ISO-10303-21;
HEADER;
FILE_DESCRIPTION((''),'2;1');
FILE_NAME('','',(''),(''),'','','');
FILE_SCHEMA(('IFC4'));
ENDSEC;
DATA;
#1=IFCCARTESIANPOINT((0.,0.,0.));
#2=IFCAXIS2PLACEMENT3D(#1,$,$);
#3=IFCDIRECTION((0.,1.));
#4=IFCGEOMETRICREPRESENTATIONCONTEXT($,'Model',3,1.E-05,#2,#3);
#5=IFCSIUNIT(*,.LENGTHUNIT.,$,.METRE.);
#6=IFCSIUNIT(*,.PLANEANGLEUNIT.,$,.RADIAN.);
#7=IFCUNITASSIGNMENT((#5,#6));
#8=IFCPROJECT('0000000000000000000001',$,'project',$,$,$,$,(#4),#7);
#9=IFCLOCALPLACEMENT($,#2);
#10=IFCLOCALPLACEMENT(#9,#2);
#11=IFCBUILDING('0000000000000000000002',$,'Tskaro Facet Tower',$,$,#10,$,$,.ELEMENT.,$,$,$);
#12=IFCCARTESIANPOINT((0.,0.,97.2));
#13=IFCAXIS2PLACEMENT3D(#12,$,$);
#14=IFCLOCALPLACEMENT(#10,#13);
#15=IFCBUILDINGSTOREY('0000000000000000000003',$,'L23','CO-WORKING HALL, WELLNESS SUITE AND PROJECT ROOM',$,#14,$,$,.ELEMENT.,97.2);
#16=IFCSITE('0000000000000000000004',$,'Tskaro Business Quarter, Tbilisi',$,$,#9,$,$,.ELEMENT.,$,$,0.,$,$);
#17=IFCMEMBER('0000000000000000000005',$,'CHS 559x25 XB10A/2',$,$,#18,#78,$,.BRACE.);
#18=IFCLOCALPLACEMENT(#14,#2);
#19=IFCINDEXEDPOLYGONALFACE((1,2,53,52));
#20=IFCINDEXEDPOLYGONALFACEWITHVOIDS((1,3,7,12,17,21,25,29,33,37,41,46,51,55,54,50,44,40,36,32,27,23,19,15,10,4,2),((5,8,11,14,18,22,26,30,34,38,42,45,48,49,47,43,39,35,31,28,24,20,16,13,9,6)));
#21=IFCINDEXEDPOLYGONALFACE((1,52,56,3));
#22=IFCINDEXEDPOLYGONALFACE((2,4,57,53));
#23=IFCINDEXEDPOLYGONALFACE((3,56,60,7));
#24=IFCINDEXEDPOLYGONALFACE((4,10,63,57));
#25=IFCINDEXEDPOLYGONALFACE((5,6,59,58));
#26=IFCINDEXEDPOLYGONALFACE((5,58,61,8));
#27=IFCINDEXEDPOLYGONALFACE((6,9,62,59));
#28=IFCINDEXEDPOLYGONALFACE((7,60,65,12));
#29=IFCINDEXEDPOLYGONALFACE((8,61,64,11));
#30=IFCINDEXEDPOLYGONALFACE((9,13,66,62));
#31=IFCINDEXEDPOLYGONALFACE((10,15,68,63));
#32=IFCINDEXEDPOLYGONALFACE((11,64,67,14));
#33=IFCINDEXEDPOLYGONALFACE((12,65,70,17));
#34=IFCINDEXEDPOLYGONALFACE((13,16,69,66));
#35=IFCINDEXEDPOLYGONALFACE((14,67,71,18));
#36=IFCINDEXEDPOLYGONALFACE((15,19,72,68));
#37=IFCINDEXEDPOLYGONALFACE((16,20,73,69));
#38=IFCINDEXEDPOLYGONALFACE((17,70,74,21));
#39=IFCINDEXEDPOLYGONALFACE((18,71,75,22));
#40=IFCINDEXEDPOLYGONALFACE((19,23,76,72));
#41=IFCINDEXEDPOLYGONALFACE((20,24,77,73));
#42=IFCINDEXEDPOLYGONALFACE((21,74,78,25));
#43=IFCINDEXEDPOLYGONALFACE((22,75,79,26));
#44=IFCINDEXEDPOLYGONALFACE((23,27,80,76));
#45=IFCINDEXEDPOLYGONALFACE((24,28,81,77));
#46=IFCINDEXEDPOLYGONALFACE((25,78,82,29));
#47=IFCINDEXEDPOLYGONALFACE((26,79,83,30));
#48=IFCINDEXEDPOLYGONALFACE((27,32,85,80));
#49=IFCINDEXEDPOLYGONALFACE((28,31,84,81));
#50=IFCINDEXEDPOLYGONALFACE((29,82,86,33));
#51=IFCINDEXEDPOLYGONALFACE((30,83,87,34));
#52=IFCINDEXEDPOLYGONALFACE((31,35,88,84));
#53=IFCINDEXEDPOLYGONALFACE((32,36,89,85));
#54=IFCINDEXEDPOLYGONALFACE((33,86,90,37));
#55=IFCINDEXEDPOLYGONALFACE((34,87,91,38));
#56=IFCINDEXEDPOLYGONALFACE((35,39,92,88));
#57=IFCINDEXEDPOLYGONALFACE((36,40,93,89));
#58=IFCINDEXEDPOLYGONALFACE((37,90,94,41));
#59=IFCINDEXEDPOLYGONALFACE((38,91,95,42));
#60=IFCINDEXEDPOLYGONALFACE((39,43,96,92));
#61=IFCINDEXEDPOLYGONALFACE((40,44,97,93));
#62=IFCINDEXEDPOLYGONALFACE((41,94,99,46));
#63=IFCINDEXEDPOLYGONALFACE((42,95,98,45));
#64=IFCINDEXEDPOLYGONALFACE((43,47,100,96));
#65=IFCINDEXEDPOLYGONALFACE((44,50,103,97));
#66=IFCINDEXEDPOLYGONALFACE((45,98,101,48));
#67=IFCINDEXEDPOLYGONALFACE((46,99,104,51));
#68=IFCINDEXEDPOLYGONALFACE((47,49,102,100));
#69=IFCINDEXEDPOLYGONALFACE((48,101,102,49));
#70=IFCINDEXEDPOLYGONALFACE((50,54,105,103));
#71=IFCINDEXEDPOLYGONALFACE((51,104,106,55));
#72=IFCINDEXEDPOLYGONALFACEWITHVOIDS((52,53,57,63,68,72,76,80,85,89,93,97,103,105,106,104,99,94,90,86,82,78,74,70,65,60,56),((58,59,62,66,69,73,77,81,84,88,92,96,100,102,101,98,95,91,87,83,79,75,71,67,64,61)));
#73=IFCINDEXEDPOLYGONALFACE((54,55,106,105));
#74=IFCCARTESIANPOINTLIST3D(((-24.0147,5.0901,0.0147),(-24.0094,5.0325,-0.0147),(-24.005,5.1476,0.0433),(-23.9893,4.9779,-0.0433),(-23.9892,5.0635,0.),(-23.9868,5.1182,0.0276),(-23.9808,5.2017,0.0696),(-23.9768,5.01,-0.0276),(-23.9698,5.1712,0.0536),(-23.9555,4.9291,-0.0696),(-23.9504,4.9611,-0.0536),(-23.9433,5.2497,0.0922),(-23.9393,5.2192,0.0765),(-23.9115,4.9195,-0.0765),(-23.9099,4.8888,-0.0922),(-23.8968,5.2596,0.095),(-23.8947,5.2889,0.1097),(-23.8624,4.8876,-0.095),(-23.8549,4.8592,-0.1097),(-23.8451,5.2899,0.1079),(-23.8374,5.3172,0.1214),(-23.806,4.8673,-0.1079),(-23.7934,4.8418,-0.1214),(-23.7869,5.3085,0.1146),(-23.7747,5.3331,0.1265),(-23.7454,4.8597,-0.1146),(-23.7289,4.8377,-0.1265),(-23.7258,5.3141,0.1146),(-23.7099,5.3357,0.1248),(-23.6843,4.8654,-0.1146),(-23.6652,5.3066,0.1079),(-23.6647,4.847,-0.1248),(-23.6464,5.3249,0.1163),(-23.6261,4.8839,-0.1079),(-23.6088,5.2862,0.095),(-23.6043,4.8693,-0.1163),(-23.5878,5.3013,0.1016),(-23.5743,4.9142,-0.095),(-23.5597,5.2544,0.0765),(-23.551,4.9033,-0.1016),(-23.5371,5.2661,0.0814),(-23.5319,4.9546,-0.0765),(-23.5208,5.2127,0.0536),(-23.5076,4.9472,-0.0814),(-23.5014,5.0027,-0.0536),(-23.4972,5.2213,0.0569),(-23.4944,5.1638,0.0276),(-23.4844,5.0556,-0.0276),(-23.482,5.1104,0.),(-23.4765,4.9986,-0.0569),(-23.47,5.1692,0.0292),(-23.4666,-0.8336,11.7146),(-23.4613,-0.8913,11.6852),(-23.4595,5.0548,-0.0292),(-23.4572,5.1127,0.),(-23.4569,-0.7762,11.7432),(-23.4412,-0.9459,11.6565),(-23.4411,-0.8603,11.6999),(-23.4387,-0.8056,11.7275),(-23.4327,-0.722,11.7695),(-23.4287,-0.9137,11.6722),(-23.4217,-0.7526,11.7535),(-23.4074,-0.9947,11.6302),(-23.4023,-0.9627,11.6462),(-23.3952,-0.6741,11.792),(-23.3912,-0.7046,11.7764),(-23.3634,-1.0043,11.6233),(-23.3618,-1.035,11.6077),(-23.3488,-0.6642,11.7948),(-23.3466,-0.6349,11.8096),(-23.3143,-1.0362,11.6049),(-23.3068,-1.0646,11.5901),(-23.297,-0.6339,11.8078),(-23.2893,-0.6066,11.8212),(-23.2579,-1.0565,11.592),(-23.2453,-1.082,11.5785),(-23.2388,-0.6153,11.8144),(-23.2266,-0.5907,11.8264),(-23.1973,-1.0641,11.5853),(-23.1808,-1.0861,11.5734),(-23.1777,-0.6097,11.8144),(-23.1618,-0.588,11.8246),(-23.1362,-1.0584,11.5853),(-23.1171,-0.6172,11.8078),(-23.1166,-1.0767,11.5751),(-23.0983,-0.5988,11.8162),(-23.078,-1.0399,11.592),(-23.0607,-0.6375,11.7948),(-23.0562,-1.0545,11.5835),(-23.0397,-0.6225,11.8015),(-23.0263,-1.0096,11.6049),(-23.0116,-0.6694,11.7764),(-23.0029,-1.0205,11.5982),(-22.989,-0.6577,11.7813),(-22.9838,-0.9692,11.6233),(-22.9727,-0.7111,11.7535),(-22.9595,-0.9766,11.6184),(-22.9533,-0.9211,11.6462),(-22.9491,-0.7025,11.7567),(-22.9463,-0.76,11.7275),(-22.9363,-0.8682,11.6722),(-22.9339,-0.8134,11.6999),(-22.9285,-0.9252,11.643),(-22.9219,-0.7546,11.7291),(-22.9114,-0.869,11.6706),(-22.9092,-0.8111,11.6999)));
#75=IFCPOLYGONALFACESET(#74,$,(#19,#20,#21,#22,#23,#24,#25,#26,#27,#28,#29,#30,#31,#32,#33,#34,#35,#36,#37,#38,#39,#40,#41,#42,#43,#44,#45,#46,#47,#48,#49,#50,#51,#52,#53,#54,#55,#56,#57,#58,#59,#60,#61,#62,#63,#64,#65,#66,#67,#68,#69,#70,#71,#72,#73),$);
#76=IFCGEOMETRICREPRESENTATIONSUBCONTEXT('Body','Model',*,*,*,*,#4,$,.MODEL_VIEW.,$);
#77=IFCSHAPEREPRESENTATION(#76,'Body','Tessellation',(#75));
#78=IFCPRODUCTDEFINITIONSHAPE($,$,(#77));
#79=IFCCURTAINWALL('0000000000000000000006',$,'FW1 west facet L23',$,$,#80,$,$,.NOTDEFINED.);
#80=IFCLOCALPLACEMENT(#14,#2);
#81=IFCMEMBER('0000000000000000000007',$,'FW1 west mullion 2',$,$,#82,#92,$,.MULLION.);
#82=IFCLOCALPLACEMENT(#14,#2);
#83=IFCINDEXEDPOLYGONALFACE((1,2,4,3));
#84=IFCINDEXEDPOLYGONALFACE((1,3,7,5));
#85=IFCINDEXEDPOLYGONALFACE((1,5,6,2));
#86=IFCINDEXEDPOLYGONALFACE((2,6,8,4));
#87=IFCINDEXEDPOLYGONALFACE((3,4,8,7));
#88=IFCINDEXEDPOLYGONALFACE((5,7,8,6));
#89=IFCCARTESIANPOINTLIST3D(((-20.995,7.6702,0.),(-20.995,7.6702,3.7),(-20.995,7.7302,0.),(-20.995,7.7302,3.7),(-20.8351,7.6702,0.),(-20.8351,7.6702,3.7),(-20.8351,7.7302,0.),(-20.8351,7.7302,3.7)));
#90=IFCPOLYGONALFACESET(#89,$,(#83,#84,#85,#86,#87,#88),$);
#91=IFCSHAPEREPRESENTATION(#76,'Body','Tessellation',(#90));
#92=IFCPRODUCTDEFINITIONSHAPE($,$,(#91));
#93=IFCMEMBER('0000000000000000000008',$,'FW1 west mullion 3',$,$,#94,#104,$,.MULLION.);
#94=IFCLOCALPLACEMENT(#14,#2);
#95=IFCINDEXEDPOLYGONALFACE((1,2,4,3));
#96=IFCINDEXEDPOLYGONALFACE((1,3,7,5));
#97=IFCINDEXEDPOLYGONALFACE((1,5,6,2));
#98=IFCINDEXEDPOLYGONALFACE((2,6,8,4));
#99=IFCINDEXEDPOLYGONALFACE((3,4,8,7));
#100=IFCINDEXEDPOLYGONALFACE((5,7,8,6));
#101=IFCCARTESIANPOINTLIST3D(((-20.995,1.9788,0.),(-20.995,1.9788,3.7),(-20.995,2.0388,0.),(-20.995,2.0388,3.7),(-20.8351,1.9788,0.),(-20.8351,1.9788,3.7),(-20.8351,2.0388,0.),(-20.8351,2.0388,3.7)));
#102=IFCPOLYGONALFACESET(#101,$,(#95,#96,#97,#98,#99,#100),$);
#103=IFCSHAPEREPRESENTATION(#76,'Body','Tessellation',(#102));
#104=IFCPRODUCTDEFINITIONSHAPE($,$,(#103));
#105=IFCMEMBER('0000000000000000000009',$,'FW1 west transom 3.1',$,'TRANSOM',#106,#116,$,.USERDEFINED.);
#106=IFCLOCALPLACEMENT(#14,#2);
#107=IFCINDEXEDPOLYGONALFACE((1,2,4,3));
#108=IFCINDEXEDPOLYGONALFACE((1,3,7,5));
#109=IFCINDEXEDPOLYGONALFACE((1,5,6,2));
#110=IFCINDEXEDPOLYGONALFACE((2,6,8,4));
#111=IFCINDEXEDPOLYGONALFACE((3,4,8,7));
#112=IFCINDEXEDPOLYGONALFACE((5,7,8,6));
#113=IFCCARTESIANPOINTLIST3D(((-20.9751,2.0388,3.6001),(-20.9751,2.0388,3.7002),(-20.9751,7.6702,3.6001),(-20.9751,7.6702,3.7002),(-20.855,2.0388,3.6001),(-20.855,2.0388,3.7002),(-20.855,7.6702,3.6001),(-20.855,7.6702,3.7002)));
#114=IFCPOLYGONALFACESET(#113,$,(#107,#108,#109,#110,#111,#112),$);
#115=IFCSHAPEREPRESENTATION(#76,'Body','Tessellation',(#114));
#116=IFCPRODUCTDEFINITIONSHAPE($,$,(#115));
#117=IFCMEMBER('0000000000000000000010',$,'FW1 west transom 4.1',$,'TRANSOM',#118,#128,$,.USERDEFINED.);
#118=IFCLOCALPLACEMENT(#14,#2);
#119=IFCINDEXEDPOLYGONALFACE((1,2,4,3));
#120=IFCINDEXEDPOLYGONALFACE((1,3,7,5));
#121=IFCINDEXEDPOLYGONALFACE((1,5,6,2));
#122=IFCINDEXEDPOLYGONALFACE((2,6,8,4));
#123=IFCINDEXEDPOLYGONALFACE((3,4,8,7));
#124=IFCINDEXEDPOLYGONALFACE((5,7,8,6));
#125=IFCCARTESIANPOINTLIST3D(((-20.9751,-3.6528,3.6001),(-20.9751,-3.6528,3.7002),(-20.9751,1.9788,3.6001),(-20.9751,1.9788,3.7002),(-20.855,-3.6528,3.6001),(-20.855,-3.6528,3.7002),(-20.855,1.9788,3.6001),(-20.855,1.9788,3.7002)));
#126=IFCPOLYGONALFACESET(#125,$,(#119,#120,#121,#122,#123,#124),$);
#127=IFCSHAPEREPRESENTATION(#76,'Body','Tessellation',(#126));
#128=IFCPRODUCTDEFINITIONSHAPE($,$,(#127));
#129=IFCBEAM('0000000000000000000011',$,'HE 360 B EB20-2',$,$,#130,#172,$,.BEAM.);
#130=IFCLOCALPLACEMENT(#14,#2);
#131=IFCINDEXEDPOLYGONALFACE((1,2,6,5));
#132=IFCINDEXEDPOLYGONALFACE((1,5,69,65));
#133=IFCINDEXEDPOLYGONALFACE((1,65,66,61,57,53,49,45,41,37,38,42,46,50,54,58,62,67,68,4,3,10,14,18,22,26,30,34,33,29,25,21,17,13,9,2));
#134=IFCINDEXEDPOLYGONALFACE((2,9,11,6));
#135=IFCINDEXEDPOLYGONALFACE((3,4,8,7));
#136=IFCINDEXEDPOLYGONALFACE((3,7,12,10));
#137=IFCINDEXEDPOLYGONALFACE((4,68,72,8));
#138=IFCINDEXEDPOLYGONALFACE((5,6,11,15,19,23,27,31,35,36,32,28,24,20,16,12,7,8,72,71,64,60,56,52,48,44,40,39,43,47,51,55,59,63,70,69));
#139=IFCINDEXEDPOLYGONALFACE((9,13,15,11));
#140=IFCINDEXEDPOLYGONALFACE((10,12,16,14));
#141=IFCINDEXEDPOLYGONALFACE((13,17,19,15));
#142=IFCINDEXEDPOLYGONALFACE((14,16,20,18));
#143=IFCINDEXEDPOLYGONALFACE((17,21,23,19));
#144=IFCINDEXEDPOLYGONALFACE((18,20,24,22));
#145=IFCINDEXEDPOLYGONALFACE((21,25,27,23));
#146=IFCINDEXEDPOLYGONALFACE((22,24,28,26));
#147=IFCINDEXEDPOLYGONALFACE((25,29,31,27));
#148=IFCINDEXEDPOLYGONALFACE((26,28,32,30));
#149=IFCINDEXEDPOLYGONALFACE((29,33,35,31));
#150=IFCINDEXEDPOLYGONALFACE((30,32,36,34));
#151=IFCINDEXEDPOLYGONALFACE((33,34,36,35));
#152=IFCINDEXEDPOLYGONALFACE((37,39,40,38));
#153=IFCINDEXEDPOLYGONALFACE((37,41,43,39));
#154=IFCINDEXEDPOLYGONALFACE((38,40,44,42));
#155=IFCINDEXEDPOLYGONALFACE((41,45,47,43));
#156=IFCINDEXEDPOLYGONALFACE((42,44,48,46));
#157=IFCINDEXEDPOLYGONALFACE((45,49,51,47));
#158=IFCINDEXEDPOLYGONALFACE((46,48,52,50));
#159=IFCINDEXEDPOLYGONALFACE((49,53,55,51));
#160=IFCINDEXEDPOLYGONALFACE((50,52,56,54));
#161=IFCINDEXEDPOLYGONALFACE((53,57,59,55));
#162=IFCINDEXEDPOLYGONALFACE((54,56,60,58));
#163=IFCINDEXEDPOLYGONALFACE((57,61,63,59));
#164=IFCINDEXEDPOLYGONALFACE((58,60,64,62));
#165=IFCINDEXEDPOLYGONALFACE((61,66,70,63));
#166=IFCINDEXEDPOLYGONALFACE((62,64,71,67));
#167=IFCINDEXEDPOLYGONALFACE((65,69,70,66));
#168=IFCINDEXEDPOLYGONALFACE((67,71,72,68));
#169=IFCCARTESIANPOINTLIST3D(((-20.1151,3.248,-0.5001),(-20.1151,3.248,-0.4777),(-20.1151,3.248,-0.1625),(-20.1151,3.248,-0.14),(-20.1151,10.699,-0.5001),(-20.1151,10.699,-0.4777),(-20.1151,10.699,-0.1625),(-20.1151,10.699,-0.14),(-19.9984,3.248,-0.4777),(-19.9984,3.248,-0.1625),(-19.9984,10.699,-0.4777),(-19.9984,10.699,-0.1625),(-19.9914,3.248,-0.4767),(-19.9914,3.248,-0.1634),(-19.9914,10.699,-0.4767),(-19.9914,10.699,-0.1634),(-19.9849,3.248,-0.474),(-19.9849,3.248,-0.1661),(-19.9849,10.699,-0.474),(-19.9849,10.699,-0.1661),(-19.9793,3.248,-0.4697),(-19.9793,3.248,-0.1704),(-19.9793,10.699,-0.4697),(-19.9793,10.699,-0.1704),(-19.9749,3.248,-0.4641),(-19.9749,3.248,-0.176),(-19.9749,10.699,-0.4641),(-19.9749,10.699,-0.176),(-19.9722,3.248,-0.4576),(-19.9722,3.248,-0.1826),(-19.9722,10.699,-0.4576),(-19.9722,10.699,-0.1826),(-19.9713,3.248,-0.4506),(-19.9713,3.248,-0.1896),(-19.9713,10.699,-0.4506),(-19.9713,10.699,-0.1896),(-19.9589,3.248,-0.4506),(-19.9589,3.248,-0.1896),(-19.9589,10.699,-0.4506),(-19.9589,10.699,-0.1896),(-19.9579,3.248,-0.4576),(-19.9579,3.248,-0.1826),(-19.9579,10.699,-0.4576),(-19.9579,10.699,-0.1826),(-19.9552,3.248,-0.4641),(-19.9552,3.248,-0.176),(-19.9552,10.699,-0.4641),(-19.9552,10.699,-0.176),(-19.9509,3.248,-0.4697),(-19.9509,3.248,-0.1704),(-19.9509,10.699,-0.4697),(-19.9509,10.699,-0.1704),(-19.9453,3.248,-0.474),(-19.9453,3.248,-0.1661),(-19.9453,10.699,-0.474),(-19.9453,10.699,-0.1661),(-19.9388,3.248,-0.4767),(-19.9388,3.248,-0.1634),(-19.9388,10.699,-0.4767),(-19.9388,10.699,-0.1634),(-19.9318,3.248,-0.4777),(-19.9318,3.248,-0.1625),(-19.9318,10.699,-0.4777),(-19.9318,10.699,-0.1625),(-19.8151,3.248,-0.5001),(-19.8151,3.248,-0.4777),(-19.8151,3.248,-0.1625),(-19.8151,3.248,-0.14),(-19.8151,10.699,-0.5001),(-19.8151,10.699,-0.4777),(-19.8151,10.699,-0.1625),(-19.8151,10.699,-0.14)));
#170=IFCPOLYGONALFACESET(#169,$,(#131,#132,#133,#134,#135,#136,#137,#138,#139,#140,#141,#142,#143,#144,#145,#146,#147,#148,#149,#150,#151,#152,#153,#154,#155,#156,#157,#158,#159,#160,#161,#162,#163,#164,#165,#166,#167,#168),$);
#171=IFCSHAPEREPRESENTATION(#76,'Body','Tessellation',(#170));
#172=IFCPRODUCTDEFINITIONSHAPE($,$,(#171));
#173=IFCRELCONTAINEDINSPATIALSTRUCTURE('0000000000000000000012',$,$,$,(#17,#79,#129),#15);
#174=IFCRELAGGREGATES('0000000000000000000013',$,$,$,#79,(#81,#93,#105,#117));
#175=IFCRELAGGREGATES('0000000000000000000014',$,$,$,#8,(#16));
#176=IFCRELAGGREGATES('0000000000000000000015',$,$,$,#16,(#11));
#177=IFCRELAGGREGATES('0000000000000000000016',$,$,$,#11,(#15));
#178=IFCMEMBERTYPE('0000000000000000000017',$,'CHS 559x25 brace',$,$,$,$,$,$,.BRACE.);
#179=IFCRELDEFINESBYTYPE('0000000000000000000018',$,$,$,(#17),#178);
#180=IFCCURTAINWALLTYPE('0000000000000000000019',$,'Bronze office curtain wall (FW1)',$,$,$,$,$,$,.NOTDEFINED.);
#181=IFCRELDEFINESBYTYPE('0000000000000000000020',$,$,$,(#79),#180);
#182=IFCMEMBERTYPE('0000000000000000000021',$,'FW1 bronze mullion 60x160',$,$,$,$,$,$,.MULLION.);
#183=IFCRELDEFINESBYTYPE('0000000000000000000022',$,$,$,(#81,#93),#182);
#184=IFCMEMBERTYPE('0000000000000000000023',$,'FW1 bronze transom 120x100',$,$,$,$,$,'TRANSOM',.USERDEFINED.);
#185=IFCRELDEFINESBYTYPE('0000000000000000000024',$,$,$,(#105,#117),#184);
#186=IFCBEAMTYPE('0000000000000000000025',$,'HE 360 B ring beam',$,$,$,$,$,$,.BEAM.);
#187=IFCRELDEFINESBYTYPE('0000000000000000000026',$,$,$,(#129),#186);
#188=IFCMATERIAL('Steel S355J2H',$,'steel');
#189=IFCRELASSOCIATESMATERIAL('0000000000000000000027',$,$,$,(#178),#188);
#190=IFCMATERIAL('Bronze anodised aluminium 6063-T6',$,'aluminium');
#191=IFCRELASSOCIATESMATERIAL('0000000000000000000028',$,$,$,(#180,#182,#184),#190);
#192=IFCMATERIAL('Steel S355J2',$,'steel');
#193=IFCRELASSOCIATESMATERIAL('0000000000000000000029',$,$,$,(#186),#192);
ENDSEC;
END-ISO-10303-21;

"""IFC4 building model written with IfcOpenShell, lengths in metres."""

from ifc_helpers import new_model, si_unit, direction, frame, origin, origin_2d, place, context, subcontext, project, spatial, rectangle, hollow_circle, i_section, extrude, material, material_profile, profile_set, type_object, element, aggregate, save


model = new_model("IFC4")

# Units and contexts
model_context = context("Model", 3, precision=1e-05, world=origin(), true_north=direction((0.0, 1.0)))
body_context = subcontext(model_context, "Body", "Model", "MODEL_VIEW")
ifc_project = project(units=[si_unit("LENGTHUNIT", "METRE"), si_unit("PLANEANGLEUNIT", "RADIAN")], contexts=[model_context])

# Site, building, storey
site_placement = place(None, origin())
site = spatial("IfcSite", under=ifc_project, at=site_placement, Name="Tskaro Business Quarter, Tbilisi", CompositionType="ELEMENT", RefElevation=0.0)
building_placement = place(site_placement, origin())
building = spatial("IfcBuilding", under=site, at=building_placement, Name="Tskaro Facet Tower", CompositionType="ELEMENT")
storey_placement = place(building_placement, frame((0.0, 0.0, 97.2)))
storey = spatial("IfcBuildingStorey", under=building, at=storey_placement, Name="L23", Description="CO-WORKING HALL, WELLNESS SUITE AND PROJECT ROOM", CompositionType="ELEMENT", Elevation=97.2)

# Shared definitions
ifc_material_1 = material(Name="Steel S355J2H", Category="steel")

# Member
ifc_material_profile_1 = material_profile(ifc_material_1, hollow_circle(Radius=0.2795, WallThickness=0.0249, at=origin_2d()), Name="CHS 559x25")
ifc_profile_set_1 = profile_set([ifc_material_profile_1], Name="Steel S355J2H")
member_type_1 = type_object("IfcMemberType", Name="CHS 559x25 brace", PredefinedType="BRACE", material=ifc_profile_set_1)
member_1_placement = place(storey_placement, frame((-23.7356, 5.0869, 0.0), z_axis=(0.041758, -0.451319, 0.891385), x_axis=(0.995747, 0.09213, 0.0)))
element("IfcMember", 1, at=member_1_placement, inside=storey, type_object=member_type_1, Name="CHS 559x25 XB10A/2", PredefinedType="BRACE", context=body_context, shape_type="SweptSolid", body=[
    extrude(hollow_circle(Radius=0.2795, WallThickness=0.0249, at=origin_2d()), origin(), (0.0, 0.0, 1.0), 13.1255),
])

# Curtain wall, members
ifc_material_2 = material(Name="Bronze anodised aluminium 6063-T6", Category="aluminium")
curtain_wall_type = type_object("IfcCurtainWallType", Name="Bronze office curtain wall (FW1)", PredefinedType="NOTDEFINED", material=ifc_material_2)
curtain_wall_placement = place(storey_placement, origin())
curtain_wall = element("IfcCurtainWall", 2, at=curtain_wall_placement, inside=storey, type_object=curtain_wall_type, Name="FW1 west facet L23", PredefinedType="NOTDEFINED")
ifc_material_profile_2 = material_profile(ifc_material_2, rectangle(XDim=0.0601, YDim=0.1599, at=origin_2d()), Name="Mullion 60x160")
ifc_profile_set_2 = profile_set([ifc_material_profile_2], Name="Bronze anodised aluminium 6063-T6")
member_type_2 = type_object("IfcMemberType", Name="FW1 bronze mullion 60x160", PredefinedType="MULLION", material=ifc_profile_set_2)
member_2_placement = place(storey_placement, frame((-20.915, 7.7002, 0.0), z_axis=(0.0, 0.0, 1.0), x_axis=(0.0, -1.0, 0.0)))
member_2 = element("IfcMember", 3, at=member_2_placement, type_object=member_type_2, Name="FW1 west mullion 2", PredefinedType="MULLION", context=body_context, shape_type="SweptSolid", body=[
    extrude(rectangle(XDim=0.0601, YDim=0.1599, at=origin_2d()), origin(), (0.0, 0.0, 1.0), 3.7),
])
member_3_placement = place(storey_placement, frame((-20.915, 2.0088, 0.0), z_axis=(0.0, 0.0, 1.0), x_axis=(0.0, -1.0, 0.0)))
member_3 = element("IfcMember", 4, at=member_3_placement, type_object=member_type_2, Name="FW1 west mullion 3", PredefinedType="MULLION", context=body_context, shape_type="SweptSolid", body=[
    extrude(rectangle(XDim=0.0601, YDim=0.1599, at=origin_2d()), origin(), (0.0, 0.0, 1.0), 3.7),
])
ifc_material_profile_3 = material_profile(ifc_material_2, rectangle(XDim=0.1201, YDim=0.1001, at=origin_2d()), Name="Transom 120x100")
ifc_profile_set_3 = profile_set([ifc_material_profile_3], Name="Bronze anodised aluminium 6063-T6")
member_type_3 = type_object("IfcMemberType", Name="FW1 bronze transom 120x100", ElementType="TRANSOM", PredefinedType="USERDEFINED", material=ifc_profile_set_3)
member_4_placement = place(storey_placement, frame((-20.915, 7.6702, 3.6501), z_axis=(0.0, -1.0, 0.0), x_axis=(1.0, 0.0, 0.0)))
member_4 = element("IfcMember", 5, at=member_4_placement, type_object=member_type_3, Name="FW1 west transom 3.1", ObjectType="TRANSOM", PredefinedType="USERDEFINED", context=body_context, shape_type="SweptSolid", body=[
    extrude(rectangle(XDim=0.1201, YDim=0.1001, at=origin_2d()), origin(), (0.0, 0.0, 1.0), 5.6313),
])
member_5_placement = place(storey_placement, frame((-20.915, 1.9788, 3.6501), z_axis=(0.0, -1.0, 0.0), x_axis=(1.0, 0.0, 0.0)))
member_5 = element("IfcMember", 6, at=member_5_placement, type_object=member_type_3, Name="FW1 west transom 4.1", ObjectType="TRANSOM", PredefinedType="USERDEFINED", context=body_context, shape_type="SweptSolid", body=[
    extrude(rectangle(XDim=0.1201, YDim=0.1001, at=origin_2d()), origin(), (0.0, 0.0, 1.0), 5.6316),
])

# Beam
ifc_material_3 = material(Name="Steel S355J2", Category="steel")
ifc_material_profile_4 = material_profile(ifc_material_3, i_section(OverallWidth=0.3, OverallDepth=0.3601, WebThickness=0.0125, FlangeThickness=0.0225, FilletRadius=0.0271, at=origin_2d()), Name="HE 360 B")
ifc_profile_set_4 = profile_set([ifc_material_profile_4], Name="Steel S355J2")
beam_type_1 = type_object("IfcBeamType", Name="HE 360 B ring beam", PredefinedType="BEAM", material=ifc_profile_set_4)
beam_1_placement = place(storey_placement, frame((-19.9651, 10.699, -0.3201), z_axis=(0.0, -1.0, 0.0), x_axis=(1.0, 0.0, 0.0)))
element("IfcBeam", 7, at=beam_1_placement, inside=storey, type_object=beam_type_1, Name="HE 360 B EB20-2", PredefinedType="BEAM", context=body_context, shape_type="SweptSolid", body=[
    extrude(i_section(OverallWidth=0.3, OverallDepth=0.3601, WebThickness=0.0125, FlangeThickness=0.0225, FilletRadius=0.0271, at=origin_2d()), origin(), (0.0, 0.0, 1.0), 7.4509),
])

aggregate(curtain_wall, [member_2, member_3, member_4, member_5])

save(model, "model.ifc")
